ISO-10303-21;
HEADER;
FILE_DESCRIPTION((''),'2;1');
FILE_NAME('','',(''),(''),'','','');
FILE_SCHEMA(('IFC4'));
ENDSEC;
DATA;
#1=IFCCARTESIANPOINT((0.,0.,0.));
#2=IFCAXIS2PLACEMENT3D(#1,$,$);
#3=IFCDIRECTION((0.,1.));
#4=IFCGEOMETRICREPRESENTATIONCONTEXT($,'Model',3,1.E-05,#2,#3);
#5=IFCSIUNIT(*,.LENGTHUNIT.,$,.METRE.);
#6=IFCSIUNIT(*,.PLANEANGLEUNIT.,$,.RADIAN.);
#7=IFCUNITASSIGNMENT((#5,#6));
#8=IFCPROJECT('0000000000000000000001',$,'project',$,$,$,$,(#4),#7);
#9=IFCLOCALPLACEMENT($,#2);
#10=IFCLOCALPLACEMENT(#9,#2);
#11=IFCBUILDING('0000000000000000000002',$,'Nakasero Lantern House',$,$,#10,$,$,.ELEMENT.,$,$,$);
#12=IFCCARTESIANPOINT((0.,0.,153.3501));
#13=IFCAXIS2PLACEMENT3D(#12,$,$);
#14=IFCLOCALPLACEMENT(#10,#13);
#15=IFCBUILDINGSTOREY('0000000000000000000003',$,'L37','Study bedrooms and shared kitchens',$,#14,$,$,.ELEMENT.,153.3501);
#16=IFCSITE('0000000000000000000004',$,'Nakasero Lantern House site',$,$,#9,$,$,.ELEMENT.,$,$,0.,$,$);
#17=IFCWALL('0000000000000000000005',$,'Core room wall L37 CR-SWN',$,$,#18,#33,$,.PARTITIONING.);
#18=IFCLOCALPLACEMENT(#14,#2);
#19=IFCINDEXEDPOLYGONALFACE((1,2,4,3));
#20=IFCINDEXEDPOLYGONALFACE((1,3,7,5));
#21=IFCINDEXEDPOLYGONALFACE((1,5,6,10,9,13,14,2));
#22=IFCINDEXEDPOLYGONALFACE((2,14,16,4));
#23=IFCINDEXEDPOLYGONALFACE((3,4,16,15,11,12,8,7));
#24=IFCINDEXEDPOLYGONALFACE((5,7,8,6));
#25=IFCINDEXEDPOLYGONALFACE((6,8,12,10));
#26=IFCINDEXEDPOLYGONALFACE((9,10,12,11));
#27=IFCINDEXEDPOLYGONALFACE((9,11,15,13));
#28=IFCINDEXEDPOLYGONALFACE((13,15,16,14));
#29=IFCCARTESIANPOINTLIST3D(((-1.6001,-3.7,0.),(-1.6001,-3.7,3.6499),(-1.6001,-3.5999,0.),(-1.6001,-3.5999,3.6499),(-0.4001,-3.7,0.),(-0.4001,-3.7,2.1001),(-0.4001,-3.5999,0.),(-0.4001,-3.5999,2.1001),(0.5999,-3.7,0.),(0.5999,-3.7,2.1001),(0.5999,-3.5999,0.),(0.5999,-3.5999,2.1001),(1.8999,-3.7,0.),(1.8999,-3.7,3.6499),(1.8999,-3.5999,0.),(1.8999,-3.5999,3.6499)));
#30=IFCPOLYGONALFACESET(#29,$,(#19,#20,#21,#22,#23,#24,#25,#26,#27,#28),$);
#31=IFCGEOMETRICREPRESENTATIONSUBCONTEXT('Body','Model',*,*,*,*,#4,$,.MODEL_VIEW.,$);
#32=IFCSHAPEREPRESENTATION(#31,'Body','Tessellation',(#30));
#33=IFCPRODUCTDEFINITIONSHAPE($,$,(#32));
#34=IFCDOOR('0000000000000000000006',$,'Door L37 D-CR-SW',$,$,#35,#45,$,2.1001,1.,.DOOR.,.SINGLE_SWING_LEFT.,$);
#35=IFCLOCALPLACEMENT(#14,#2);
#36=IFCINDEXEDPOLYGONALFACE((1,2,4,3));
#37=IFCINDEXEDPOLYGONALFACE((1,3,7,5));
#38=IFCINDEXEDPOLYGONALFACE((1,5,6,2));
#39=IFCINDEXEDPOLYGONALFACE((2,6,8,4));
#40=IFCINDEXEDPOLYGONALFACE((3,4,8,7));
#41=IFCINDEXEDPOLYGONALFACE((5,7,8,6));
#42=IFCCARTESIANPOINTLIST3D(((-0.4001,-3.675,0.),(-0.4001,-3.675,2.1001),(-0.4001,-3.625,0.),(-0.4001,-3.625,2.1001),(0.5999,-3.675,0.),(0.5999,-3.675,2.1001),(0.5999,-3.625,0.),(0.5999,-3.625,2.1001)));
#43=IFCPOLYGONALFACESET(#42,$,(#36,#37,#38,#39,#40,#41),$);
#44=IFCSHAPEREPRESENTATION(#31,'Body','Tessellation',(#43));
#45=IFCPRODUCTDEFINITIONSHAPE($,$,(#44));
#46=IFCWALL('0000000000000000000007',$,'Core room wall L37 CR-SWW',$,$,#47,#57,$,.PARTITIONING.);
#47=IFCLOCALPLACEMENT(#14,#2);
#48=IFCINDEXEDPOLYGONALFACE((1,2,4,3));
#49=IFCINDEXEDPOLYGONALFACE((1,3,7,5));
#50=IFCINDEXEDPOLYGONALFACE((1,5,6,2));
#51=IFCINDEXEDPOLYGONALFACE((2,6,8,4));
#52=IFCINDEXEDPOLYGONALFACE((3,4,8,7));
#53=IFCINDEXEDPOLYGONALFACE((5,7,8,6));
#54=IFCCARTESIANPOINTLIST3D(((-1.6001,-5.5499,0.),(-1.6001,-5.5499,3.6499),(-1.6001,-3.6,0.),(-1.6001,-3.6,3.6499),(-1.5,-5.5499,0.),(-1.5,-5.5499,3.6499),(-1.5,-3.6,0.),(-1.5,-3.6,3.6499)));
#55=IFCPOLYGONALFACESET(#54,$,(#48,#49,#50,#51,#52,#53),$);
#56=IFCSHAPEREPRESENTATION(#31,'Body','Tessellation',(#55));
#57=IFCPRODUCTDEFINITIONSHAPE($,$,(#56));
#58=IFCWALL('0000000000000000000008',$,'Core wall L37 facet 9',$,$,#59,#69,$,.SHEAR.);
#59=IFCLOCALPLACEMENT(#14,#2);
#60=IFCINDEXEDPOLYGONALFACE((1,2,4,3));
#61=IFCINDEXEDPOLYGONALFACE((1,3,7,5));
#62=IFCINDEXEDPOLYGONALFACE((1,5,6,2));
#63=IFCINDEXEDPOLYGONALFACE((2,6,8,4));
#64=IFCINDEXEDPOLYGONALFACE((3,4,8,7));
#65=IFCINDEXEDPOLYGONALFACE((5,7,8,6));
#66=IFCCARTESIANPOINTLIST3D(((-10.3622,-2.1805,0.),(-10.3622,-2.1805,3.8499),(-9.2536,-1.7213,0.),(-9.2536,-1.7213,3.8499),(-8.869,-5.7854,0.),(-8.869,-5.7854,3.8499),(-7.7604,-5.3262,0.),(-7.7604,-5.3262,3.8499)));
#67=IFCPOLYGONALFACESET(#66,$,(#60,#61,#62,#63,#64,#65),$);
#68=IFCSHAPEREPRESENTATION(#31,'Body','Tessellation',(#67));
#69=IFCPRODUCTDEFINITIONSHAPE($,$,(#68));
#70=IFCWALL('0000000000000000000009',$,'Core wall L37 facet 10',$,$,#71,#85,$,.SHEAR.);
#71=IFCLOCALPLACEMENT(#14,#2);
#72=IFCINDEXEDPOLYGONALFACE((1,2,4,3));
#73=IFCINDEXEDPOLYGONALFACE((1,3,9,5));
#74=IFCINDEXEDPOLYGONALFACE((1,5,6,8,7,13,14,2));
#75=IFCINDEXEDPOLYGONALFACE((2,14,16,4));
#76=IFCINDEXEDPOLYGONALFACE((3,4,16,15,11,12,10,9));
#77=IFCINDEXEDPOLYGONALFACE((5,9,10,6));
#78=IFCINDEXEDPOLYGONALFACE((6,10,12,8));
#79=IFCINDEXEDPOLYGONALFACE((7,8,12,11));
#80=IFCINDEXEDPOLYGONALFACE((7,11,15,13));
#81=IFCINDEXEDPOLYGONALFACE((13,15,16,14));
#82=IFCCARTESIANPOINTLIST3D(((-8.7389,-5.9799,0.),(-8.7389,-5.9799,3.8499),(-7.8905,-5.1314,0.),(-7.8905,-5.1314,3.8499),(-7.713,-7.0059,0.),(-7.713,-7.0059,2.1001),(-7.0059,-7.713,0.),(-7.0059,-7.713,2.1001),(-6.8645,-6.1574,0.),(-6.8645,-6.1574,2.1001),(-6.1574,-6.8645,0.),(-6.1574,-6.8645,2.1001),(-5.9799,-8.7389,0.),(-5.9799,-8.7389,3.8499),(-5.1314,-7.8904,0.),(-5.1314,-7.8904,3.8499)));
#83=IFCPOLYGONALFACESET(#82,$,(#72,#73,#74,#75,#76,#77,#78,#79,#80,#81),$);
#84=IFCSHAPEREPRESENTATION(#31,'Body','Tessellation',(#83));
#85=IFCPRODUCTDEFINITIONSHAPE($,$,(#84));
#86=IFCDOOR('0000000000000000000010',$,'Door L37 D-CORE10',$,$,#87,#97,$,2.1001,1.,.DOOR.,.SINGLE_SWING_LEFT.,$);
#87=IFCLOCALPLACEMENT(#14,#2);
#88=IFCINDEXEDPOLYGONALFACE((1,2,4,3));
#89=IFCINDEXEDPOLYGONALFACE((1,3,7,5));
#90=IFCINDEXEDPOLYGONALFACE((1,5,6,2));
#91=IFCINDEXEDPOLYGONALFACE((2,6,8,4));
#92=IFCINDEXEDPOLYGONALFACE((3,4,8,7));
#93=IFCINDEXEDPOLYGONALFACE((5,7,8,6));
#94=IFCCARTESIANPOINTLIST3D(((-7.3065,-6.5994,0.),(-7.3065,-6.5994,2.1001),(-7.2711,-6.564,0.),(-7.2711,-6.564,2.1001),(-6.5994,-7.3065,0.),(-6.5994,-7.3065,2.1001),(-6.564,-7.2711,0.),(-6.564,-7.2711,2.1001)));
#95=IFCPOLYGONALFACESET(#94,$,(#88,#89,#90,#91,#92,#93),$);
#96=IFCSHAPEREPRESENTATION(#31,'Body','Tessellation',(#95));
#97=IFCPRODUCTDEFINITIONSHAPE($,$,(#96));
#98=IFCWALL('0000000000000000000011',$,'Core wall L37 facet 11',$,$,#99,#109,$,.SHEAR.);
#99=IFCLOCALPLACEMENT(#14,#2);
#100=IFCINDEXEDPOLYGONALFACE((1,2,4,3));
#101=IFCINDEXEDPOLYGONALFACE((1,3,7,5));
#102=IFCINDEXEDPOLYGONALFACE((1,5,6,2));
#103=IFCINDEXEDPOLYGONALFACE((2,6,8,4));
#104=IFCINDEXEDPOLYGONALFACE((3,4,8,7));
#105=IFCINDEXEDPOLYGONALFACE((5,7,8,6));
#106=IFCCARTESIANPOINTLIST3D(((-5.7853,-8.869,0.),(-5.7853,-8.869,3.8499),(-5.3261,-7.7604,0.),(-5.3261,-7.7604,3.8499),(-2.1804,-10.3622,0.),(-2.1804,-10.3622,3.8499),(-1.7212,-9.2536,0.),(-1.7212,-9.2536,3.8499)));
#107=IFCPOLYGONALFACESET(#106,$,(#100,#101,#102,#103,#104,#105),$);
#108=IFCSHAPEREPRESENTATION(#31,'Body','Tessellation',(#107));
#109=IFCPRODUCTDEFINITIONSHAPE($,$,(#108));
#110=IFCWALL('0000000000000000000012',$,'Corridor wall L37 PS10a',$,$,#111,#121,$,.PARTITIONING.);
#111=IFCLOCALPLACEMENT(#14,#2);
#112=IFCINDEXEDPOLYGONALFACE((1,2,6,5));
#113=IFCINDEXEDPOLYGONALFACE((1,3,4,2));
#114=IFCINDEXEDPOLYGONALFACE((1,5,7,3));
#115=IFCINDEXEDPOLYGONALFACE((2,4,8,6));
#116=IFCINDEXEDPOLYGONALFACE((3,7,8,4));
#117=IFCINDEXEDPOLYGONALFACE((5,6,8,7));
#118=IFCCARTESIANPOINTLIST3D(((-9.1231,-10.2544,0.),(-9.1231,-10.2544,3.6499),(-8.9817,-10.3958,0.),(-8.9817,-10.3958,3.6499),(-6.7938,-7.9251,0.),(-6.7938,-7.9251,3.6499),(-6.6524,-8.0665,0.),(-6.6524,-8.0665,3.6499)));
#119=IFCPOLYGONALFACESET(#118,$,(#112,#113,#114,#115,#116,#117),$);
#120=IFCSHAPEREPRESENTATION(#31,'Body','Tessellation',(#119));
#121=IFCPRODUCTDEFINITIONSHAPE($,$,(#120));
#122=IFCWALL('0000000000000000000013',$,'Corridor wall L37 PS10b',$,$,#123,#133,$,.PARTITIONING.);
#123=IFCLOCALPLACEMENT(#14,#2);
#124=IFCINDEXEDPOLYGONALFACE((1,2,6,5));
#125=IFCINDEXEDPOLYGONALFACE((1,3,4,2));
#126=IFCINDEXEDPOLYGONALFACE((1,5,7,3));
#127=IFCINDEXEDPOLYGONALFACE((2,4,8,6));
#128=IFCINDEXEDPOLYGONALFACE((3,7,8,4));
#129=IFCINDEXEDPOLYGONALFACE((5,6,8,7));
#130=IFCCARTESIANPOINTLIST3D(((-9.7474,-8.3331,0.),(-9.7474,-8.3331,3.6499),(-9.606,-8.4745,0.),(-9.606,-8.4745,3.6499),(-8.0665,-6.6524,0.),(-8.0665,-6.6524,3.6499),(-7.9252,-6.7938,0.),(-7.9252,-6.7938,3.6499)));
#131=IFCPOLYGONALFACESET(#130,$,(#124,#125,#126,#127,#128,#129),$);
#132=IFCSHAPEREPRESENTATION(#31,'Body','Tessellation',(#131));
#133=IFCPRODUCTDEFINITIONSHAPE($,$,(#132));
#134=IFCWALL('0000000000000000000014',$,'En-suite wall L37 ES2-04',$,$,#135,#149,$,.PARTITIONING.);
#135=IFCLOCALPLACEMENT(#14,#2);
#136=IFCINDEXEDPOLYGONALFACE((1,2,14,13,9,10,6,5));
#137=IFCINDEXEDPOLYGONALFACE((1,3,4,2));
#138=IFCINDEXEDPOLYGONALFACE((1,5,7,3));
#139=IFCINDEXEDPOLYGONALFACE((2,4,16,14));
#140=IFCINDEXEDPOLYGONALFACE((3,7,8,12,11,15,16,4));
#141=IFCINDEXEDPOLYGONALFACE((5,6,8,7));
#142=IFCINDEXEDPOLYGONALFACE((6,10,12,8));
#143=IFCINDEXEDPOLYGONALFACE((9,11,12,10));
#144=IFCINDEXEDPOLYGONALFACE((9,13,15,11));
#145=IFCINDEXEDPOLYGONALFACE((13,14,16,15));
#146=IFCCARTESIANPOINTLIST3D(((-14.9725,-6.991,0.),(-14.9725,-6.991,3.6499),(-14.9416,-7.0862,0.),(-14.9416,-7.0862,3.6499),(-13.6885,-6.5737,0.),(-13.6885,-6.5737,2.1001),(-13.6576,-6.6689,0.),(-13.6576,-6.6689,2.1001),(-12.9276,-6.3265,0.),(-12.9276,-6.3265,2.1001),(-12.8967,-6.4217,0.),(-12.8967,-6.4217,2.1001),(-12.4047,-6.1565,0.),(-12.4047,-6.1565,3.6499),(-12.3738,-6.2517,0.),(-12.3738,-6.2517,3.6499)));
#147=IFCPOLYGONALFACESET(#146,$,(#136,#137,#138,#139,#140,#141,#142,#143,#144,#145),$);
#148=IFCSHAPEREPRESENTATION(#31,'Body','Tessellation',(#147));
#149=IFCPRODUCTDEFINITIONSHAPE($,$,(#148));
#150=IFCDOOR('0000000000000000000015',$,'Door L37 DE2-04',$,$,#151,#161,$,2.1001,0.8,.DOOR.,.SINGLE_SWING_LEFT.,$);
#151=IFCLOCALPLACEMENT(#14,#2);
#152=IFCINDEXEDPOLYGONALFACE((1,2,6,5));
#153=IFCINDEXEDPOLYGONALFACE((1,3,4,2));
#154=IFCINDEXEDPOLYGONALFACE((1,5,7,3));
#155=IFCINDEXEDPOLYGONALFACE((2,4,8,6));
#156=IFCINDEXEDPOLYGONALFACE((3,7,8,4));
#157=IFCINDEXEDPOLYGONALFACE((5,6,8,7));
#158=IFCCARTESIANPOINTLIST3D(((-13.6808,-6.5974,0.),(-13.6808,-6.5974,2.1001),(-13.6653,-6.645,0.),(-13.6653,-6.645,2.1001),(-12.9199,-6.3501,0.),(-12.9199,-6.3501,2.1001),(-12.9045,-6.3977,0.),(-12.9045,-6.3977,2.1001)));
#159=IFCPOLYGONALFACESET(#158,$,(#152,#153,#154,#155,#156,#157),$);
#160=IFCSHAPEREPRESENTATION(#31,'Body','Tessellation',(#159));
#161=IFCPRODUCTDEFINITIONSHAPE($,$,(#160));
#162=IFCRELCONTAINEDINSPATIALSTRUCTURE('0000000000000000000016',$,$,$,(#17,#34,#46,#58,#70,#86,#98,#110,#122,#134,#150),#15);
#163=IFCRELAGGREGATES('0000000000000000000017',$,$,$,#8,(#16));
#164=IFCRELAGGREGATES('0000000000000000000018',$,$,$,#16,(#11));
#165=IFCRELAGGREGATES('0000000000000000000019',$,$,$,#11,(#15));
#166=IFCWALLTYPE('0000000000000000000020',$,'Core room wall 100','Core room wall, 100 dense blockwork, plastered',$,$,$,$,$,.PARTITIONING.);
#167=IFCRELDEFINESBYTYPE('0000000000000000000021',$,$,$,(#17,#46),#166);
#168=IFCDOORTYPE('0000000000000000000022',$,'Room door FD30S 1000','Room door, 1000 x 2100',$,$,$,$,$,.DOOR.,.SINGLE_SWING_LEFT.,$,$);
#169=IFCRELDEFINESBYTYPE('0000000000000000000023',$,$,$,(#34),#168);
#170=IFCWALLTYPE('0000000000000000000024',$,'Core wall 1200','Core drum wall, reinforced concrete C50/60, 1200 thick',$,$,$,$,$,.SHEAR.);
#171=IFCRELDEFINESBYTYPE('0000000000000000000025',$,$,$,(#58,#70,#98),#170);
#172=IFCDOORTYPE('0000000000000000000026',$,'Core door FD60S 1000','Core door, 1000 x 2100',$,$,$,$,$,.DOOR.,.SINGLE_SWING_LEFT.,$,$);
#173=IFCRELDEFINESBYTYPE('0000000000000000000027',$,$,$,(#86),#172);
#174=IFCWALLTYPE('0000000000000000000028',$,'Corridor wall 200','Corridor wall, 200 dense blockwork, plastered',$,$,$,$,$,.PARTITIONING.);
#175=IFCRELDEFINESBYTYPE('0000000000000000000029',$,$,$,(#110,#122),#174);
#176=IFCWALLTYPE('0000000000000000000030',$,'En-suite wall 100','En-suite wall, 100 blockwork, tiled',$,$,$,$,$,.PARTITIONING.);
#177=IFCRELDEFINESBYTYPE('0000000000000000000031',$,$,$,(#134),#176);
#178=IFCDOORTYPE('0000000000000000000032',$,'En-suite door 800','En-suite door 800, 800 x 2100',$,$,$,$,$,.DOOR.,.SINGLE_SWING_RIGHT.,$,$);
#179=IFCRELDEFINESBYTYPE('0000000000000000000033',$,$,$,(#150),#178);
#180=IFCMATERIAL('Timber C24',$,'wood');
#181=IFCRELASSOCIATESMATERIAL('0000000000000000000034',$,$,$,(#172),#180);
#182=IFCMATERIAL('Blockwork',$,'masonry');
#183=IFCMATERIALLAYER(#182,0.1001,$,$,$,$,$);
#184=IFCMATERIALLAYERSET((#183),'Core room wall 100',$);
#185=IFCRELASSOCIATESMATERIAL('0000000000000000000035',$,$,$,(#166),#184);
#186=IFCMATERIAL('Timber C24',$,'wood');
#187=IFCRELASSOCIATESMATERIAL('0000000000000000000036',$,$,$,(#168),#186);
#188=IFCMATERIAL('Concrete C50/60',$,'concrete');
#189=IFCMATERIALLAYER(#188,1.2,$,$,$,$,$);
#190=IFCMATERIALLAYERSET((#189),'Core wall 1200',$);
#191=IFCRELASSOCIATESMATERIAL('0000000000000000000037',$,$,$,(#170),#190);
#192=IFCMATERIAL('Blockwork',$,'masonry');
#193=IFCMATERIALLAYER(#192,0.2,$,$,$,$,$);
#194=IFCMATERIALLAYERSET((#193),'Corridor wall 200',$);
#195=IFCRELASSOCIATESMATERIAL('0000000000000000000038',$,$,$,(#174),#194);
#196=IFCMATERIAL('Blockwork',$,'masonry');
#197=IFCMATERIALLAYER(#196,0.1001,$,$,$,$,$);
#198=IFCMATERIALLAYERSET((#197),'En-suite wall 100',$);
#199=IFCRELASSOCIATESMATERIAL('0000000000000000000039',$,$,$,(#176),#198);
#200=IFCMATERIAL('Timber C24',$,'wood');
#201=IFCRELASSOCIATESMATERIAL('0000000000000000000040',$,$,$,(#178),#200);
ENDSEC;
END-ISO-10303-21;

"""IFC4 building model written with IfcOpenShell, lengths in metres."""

from ifc_helpers import new_model, si_unit, direction, frame, frame_2d, origin, place, context, subcontext, project, spatial, rectangle, extrude, material, layer, layer_set, type_object, element, fill, save


model = new_model("IFC4")

# Units and contexts
model_context = context("Model", 3, precision=1e-05, world=origin(), true_north=direction((0.0, 1.0)))
body_context = subcontext(model_context, "Body", "Model", "MODEL_VIEW")
ifc_project = project(units=[si_unit("LENGTHUNIT", "METRE"), si_unit("PLANEANGLEUNIT", "RADIAN")], contexts=[model_context])

# Site, building, storey
site_placement = place(None, origin())
site = spatial("IfcSite", under=ifc_project, at=site_placement, Name="Nakasero Lantern House site", CompositionType="ELEMENT", RefElevation=0.0)
building_placement = place(site_placement, origin())
building = spatial("IfcBuilding", under=site, at=building_placement, Name="Nakasero Lantern House", CompositionType="ELEMENT")
storey_placement = place(building_placement, frame((0.0, 0.0, 153.3501)))
storey = spatial("IfcBuildingStorey", under=building, at=storey_placement, Name="L37", Description="Study bedrooms and shared kitchens", CompositionType="ELEMENT", Elevation=153.3501)

# Shared definitions
ifc_material_1 = material(Name="Timber C24", Category="wood")
door_type_1 = type_object("IfcDoorType", Name="Core door FD60S 1000", Description="Core door, 1000 x 2100", OperationType="SINGLE_SWING_LEFT", PredefinedType="DOOR", material=ifc_material_1)

# Wall, opening, door
ifc_material_2 = material(Name="Blockwork", Category="masonry")
ifc_layer_1 = layer(ifc_material_2, 0.1001)
ifc_layer_set_1 = layer_set([ifc_layer_1], Name="Core room wall 100")
wall_type_1 = type_object("IfcWallType", Name="Core room wall 100", Description="Core room wall, 100 dense blockwork, plastered", PredefinedType="PARTITIONING", material=ifc_layer_set_1)
wall_1_placement = place(storey_placement, frame((-1.6001, -3.6499, 0.0), z_axis=(0.0, 0.0, 1.0), x_axis=(1.0, 0.0, 0.0)))
wall_1 = element("IfcWall", 1, at=wall_1_placement, inside=storey, type_object=wall_type_1, Name="Core room wall L37 CR-SWN", PredefinedType="PARTITIONING", context=body_context, shape_type="SweptSolid", body=[
    extrude(rectangle(XDim=3.5, YDim=0.1001, at=frame_2d((1.75, 0.0))), origin(), (0.0, 0.0, 1.0), 3.6499),
])
opening_1_placement = place(wall_1_placement, frame((1.2, 0.0, 0.0)))
opening_1 = element("IfcOpeningElement", 2, at=opening_1_placement, cuts=wall_1, PredefinedType="OPENING", context=body_context, shape_type="SweptSolid", body=[
    extrude(rectangle(XDim=1.0, YDim=2.1001, at=frame_2d((0.5, 1.05))), frame((0.0, 0.0701, 0.0), z_axis=(0.0, -1.0, 0.0), x_axis=(1.0, 0.0, 0.0)), (0.0, 0.0, 1.0), 0.1401),
])
ifc_material_3 = material(Name="Timber C24", Category="wood")
door_type_2 = type_object("IfcDoorType", Name="Room door FD30S 1000", Description="Room door, 1000 x 2100", OperationType="SINGLE_SWING_LEFT", PredefinedType="DOOR", material=ifc_material_3)
door_1_placement = place(opening_1_placement, origin())
door_1 = element("IfcDoor", 3, at=door_1_placement, inside=storey, type_object=door_type_2, Name="Door L37 D-CR-SW", OperationType="SINGLE_SWING_LEFT", OverallHeight=2.1001, OverallWidth=1.0, PredefinedType="DOOR", context=body_context, shape_type="SweptSolid", body=[
    extrude(rectangle(XDim=1.0, YDim=2.1001, at=frame_2d((0.5, 1.05))), frame((0.0, 0.0249, 0.0), z_axis=(0.0, -1.0, 0.0), x_axis=(1.0, 0.0, 0.0)), (0.0, 0.0, 1.0), 0.05),
])
fill(opening_1, door_1)

# Walls
wall_2_placement = place(storey_placement, frame((-1.55, -5.55, 0.0), z_axis=(0.0, 0.0, 1.0), x_axis=(0.0, 1.0, 0.0)))
element("IfcWall", 4, at=wall_2_placement, inside=storey, type_object=wall_type_1, Name="Core room wall L37 CR-SWW", PredefinedType="PARTITIONING", context=body_context, shape_type="SweptSolid", body=[
    extrude(rectangle(XDim=1.95, YDim=0.1001, at=frame_2d((0.9751, 0.0))), origin(), (0.0, 0.0, 1.0), 3.6499),
])
ifc_material_4 = material(Name="Concrete C50/60", Category="concrete")
ifc_layer_2 = layer(ifc_material_4, 1.2)
ifc_layer_set_2 = layer_set([ifc_layer_2], Name="Core wall 1200")
wall_type_2 = type_object("IfcWallType", Name="Core wall 1200", Description="Core drum wall, reinforced concrete C50/60, 1200 thick", PredefinedType="SHEAR", material=ifc_layer_set_2)
wall_3_placement = place(storey_placement, frame((-9.8079, -1.9509, 0.0), z_axis=(0.0, 0.0, 1.0), x_axis=(0.382691, -0.923877, 0.0)))
element("IfcWall", 5, at=wall_3_placement, inside=storey, type_object=wall_type_2, Name="Core wall L37 facet 9", PredefinedType="SHEAR", context=body_context, shape_type="SweptSolid", body=[
    extrude(rectangle(XDim=3.9019, YDim=1.2, at=frame_2d((1.9509, 0.0))), origin(), (0.0, 0.0, 1.0), 3.8499),
])

# Wall, opening, door
wall_4_placement = place(storey_placement, frame((-8.3147, -5.5557, 0.0), z_axis=(0.0, 0.0, 1.0), x_axis=(0.707107, -0.707107, 0.0)))
wall_4 = element("IfcWall", 6, at=wall_4_placement, inside=storey, type_object=wall_type_2, Name="Core wall L37 facet 10", PredefinedType="SHEAR", context=body_context, shape_type="SweptSolid", body=[
    extrude(rectangle(XDim=3.9019, YDim=1.2, at=frame_2d((1.9509, 0.0))), origin(), (0.0, 0.0, 1.0), 3.8499),
])
opening_2_placement = place(wall_4_placement, frame((1.4509, 0.0, 0.0)))
opening_2 = element("IfcOpeningElement", 7, at=opening_2_placement, cuts=wall_4, PredefinedType="OPENING", context=body_context, shape_type="SweptSolid", body=[
    extrude(rectangle(XDim=1.0, YDim=2.1001, at=frame_2d((0.5, 1.05))), frame((0.0, 0.6199, 0.0), z_axis=(0.0, -1.0, 0.0), x_axis=(1.0, 0.0, 0.0)), (0.0, 0.0, 1.0), 1.24),
])
door_2_placement = place(opening_2_placement, origin())
door_2 = element("IfcDoor", 8, at=door_2_placement, inside=storey, type_object=door_type_1, Name="Door L37 D-CORE10", OperationType="SINGLE_SWING_LEFT", OverallHeight=2.1001, OverallWidth=1.0, PredefinedType="DOOR", context=body_context, shape_type="SweptSolid", body=[
    extrude(rectangle(XDim=1.0, YDim=2.1001, at=frame_2d((0.5, 1.05))), frame((0.0, 0.0249, 0.0), z_axis=(0.0, -1.0, 0.0), x_axis=(1.0, 0.0, 0.0)), (0.0, 0.0, 1.0), 0.05),
])
fill(opening_2, door_2)

# Walls
wall_5_placement = place(storey_placement, frame((-5.5557, -8.3147, 0.0), z_axis=(0.0, 0.0, 1.0), x_axis=(0.923877, -0.382691, 0.0)))
element("IfcWall", 9, at=wall_5_placement, inside=storey, type_object=wall_type_2, Name="Core wall L37 facet 11", PredefinedType="SHEAR", context=body_context, shape_type="SweptSolid", body=[
    extrude(rectangle(XDim=3.9019, YDim=1.2, at=frame_2d((1.9509, 0.0))), origin(), (0.0, 0.0, 1.0), 3.8499),
])
ifc_material_5 = material(Name="Blockwork", Category="masonry")
ifc_layer_3 = layer(ifc_material_5, 0.2)
ifc_layer_set_3 = layer_set([ifc_layer_3], Name="Corridor wall 200")
wall_type_3 = type_object("IfcWallType", Name="Corridor wall 200", Description="Corridor wall, 200 dense blockwork, plastered", PredefinedType="PARTITIONING", material=ifc_layer_set_3)
wall_6_placement = place(storey_placement, frame((-6.7231, -7.9958, 0.0), z_axis=(0.0, 0.0, 1.0), x_axis=(-0.707107, -0.707107, 0.0)))
element("IfcWall", 10, at=wall_6_placement, inside=storey, type_object=wall_type_3, Name="Corridor wall L37 PS10a", PredefinedType="PARTITIONING", context=body_context, shape_type="SweptSolid", body=[
    extrude(rectangle(XDim=3.2942, YDim=0.2, at=frame_2d((1.647, 0.0))), origin(), (0.0, 0.0, 1.0), 3.6499),
])
wall_7_placement = place(storey_placement, frame((-7.9958, -6.7231, 0.0), z_axis=(0.0, 0.0, 1.0), x_axis=(-0.707158, -0.707055, 0.0)))
element("IfcWall", 11, at=wall_7_placement, inside=storey, type_object=wall_type_3, Name="Corridor wall L37 PS10b", PredefinedType="PARTITIONING", context=body_context, shape_type="SweptSolid", body=[
    extrude(rectangle(XDim=2.377, YDim=0.2, at=frame_2d((1.1885, 0.0))), origin(), (0.0, 0.0, 1.0), 3.6499),
])

# Wall, opening, door
ifc_material_6 = material(Name="Blockwork", Category="masonry")
ifc_layer_4 = layer(ifc_material_6, 0.1001)
ifc_layer_set_4 = layer_set([ifc_layer_4], Name="En-suite wall 100")
wall_type_4 = type_object("IfcWallType", Name="En-suite wall 100", Description="En-suite wall, 100 blockwork, tiled", PredefinedType="PARTITIONING", material=ifc_layer_set_4)
wall_8_placement = place(storey_placement, frame((-12.3892, -6.2041, 0.0), z_axis=(0.0, 0.0, 1.0), x_axis=(-0.951043, -0.309057, 0.0)))
wall_8 = element("IfcWall", 12, at=wall_8_placement, inside=storey, type_object=wall_type_4, Name="En-suite wall L37 ES2-04", PredefinedType="PARTITIONING", context=body_context, shape_type="SweptSolid", body=[
    extrude(rectangle(XDim=2.7, YDim=0.1001, at=frame_2d((1.3501, 0.0))), origin(), (0.0, 0.0, 1.0), 3.6499),
])
opening_3_placement = place(wall_8_placement, frame((0.55, 0.0, 0.0)))
opening_3 = element("IfcOpeningElement", 13, at=opening_3_placement, cuts=wall_8, PredefinedType="OPENING", context=body_context, shape_type="SweptSolid", body=[
    extrude(rectangle(XDim=0.8, YDim=2.1001, at=frame_2d((0.3999, 1.05))), frame((0.0, 0.0701, 0.0), z_axis=(0.0, -1.0, 0.0), x_axis=(1.0, 0.0, 0.0)), (0.0, 0.0, 1.0), 0.1401),
])
ifc_material_7 = material(Name="Timber C24", Category="wood")
door_type_3 = type_object("IfcDoorType", Name="En-suite door 800", Description="En-suite door 800, 800 x 2100", OperationType="SINGLE_SWING_RIGHT", PredefinedType="DOOR", material=ifc_material_7)
door_3_placement = place(opening_3_placement, origin())
door_3 = element("IfcDoor", 14, at=door_3_placement, inside=storey, type_object=door_type_3, Name="Door L37 DE2-04", OperationType="SINGLE_SWING_LEFT", OverallHeight=2.1001, OverallWidth=0.8, PredefinedType="DOOR", context=body_context, shape_type="SweptSolid", body=[
    extrude(rectangle(XDim=0.8, YDim=2.1001, at=frame_2d((0.3999, 1.05))), frame((0.0, 0.0249, 0.0), z_axis=(0.0, -1.0, 0.0), x_axis=(1.0, 0.0, 0.0)), (0.0, 0.0, 1.0), 0.05),
])
fill(opening_3, door_3)

save(model, "model.ifc")
